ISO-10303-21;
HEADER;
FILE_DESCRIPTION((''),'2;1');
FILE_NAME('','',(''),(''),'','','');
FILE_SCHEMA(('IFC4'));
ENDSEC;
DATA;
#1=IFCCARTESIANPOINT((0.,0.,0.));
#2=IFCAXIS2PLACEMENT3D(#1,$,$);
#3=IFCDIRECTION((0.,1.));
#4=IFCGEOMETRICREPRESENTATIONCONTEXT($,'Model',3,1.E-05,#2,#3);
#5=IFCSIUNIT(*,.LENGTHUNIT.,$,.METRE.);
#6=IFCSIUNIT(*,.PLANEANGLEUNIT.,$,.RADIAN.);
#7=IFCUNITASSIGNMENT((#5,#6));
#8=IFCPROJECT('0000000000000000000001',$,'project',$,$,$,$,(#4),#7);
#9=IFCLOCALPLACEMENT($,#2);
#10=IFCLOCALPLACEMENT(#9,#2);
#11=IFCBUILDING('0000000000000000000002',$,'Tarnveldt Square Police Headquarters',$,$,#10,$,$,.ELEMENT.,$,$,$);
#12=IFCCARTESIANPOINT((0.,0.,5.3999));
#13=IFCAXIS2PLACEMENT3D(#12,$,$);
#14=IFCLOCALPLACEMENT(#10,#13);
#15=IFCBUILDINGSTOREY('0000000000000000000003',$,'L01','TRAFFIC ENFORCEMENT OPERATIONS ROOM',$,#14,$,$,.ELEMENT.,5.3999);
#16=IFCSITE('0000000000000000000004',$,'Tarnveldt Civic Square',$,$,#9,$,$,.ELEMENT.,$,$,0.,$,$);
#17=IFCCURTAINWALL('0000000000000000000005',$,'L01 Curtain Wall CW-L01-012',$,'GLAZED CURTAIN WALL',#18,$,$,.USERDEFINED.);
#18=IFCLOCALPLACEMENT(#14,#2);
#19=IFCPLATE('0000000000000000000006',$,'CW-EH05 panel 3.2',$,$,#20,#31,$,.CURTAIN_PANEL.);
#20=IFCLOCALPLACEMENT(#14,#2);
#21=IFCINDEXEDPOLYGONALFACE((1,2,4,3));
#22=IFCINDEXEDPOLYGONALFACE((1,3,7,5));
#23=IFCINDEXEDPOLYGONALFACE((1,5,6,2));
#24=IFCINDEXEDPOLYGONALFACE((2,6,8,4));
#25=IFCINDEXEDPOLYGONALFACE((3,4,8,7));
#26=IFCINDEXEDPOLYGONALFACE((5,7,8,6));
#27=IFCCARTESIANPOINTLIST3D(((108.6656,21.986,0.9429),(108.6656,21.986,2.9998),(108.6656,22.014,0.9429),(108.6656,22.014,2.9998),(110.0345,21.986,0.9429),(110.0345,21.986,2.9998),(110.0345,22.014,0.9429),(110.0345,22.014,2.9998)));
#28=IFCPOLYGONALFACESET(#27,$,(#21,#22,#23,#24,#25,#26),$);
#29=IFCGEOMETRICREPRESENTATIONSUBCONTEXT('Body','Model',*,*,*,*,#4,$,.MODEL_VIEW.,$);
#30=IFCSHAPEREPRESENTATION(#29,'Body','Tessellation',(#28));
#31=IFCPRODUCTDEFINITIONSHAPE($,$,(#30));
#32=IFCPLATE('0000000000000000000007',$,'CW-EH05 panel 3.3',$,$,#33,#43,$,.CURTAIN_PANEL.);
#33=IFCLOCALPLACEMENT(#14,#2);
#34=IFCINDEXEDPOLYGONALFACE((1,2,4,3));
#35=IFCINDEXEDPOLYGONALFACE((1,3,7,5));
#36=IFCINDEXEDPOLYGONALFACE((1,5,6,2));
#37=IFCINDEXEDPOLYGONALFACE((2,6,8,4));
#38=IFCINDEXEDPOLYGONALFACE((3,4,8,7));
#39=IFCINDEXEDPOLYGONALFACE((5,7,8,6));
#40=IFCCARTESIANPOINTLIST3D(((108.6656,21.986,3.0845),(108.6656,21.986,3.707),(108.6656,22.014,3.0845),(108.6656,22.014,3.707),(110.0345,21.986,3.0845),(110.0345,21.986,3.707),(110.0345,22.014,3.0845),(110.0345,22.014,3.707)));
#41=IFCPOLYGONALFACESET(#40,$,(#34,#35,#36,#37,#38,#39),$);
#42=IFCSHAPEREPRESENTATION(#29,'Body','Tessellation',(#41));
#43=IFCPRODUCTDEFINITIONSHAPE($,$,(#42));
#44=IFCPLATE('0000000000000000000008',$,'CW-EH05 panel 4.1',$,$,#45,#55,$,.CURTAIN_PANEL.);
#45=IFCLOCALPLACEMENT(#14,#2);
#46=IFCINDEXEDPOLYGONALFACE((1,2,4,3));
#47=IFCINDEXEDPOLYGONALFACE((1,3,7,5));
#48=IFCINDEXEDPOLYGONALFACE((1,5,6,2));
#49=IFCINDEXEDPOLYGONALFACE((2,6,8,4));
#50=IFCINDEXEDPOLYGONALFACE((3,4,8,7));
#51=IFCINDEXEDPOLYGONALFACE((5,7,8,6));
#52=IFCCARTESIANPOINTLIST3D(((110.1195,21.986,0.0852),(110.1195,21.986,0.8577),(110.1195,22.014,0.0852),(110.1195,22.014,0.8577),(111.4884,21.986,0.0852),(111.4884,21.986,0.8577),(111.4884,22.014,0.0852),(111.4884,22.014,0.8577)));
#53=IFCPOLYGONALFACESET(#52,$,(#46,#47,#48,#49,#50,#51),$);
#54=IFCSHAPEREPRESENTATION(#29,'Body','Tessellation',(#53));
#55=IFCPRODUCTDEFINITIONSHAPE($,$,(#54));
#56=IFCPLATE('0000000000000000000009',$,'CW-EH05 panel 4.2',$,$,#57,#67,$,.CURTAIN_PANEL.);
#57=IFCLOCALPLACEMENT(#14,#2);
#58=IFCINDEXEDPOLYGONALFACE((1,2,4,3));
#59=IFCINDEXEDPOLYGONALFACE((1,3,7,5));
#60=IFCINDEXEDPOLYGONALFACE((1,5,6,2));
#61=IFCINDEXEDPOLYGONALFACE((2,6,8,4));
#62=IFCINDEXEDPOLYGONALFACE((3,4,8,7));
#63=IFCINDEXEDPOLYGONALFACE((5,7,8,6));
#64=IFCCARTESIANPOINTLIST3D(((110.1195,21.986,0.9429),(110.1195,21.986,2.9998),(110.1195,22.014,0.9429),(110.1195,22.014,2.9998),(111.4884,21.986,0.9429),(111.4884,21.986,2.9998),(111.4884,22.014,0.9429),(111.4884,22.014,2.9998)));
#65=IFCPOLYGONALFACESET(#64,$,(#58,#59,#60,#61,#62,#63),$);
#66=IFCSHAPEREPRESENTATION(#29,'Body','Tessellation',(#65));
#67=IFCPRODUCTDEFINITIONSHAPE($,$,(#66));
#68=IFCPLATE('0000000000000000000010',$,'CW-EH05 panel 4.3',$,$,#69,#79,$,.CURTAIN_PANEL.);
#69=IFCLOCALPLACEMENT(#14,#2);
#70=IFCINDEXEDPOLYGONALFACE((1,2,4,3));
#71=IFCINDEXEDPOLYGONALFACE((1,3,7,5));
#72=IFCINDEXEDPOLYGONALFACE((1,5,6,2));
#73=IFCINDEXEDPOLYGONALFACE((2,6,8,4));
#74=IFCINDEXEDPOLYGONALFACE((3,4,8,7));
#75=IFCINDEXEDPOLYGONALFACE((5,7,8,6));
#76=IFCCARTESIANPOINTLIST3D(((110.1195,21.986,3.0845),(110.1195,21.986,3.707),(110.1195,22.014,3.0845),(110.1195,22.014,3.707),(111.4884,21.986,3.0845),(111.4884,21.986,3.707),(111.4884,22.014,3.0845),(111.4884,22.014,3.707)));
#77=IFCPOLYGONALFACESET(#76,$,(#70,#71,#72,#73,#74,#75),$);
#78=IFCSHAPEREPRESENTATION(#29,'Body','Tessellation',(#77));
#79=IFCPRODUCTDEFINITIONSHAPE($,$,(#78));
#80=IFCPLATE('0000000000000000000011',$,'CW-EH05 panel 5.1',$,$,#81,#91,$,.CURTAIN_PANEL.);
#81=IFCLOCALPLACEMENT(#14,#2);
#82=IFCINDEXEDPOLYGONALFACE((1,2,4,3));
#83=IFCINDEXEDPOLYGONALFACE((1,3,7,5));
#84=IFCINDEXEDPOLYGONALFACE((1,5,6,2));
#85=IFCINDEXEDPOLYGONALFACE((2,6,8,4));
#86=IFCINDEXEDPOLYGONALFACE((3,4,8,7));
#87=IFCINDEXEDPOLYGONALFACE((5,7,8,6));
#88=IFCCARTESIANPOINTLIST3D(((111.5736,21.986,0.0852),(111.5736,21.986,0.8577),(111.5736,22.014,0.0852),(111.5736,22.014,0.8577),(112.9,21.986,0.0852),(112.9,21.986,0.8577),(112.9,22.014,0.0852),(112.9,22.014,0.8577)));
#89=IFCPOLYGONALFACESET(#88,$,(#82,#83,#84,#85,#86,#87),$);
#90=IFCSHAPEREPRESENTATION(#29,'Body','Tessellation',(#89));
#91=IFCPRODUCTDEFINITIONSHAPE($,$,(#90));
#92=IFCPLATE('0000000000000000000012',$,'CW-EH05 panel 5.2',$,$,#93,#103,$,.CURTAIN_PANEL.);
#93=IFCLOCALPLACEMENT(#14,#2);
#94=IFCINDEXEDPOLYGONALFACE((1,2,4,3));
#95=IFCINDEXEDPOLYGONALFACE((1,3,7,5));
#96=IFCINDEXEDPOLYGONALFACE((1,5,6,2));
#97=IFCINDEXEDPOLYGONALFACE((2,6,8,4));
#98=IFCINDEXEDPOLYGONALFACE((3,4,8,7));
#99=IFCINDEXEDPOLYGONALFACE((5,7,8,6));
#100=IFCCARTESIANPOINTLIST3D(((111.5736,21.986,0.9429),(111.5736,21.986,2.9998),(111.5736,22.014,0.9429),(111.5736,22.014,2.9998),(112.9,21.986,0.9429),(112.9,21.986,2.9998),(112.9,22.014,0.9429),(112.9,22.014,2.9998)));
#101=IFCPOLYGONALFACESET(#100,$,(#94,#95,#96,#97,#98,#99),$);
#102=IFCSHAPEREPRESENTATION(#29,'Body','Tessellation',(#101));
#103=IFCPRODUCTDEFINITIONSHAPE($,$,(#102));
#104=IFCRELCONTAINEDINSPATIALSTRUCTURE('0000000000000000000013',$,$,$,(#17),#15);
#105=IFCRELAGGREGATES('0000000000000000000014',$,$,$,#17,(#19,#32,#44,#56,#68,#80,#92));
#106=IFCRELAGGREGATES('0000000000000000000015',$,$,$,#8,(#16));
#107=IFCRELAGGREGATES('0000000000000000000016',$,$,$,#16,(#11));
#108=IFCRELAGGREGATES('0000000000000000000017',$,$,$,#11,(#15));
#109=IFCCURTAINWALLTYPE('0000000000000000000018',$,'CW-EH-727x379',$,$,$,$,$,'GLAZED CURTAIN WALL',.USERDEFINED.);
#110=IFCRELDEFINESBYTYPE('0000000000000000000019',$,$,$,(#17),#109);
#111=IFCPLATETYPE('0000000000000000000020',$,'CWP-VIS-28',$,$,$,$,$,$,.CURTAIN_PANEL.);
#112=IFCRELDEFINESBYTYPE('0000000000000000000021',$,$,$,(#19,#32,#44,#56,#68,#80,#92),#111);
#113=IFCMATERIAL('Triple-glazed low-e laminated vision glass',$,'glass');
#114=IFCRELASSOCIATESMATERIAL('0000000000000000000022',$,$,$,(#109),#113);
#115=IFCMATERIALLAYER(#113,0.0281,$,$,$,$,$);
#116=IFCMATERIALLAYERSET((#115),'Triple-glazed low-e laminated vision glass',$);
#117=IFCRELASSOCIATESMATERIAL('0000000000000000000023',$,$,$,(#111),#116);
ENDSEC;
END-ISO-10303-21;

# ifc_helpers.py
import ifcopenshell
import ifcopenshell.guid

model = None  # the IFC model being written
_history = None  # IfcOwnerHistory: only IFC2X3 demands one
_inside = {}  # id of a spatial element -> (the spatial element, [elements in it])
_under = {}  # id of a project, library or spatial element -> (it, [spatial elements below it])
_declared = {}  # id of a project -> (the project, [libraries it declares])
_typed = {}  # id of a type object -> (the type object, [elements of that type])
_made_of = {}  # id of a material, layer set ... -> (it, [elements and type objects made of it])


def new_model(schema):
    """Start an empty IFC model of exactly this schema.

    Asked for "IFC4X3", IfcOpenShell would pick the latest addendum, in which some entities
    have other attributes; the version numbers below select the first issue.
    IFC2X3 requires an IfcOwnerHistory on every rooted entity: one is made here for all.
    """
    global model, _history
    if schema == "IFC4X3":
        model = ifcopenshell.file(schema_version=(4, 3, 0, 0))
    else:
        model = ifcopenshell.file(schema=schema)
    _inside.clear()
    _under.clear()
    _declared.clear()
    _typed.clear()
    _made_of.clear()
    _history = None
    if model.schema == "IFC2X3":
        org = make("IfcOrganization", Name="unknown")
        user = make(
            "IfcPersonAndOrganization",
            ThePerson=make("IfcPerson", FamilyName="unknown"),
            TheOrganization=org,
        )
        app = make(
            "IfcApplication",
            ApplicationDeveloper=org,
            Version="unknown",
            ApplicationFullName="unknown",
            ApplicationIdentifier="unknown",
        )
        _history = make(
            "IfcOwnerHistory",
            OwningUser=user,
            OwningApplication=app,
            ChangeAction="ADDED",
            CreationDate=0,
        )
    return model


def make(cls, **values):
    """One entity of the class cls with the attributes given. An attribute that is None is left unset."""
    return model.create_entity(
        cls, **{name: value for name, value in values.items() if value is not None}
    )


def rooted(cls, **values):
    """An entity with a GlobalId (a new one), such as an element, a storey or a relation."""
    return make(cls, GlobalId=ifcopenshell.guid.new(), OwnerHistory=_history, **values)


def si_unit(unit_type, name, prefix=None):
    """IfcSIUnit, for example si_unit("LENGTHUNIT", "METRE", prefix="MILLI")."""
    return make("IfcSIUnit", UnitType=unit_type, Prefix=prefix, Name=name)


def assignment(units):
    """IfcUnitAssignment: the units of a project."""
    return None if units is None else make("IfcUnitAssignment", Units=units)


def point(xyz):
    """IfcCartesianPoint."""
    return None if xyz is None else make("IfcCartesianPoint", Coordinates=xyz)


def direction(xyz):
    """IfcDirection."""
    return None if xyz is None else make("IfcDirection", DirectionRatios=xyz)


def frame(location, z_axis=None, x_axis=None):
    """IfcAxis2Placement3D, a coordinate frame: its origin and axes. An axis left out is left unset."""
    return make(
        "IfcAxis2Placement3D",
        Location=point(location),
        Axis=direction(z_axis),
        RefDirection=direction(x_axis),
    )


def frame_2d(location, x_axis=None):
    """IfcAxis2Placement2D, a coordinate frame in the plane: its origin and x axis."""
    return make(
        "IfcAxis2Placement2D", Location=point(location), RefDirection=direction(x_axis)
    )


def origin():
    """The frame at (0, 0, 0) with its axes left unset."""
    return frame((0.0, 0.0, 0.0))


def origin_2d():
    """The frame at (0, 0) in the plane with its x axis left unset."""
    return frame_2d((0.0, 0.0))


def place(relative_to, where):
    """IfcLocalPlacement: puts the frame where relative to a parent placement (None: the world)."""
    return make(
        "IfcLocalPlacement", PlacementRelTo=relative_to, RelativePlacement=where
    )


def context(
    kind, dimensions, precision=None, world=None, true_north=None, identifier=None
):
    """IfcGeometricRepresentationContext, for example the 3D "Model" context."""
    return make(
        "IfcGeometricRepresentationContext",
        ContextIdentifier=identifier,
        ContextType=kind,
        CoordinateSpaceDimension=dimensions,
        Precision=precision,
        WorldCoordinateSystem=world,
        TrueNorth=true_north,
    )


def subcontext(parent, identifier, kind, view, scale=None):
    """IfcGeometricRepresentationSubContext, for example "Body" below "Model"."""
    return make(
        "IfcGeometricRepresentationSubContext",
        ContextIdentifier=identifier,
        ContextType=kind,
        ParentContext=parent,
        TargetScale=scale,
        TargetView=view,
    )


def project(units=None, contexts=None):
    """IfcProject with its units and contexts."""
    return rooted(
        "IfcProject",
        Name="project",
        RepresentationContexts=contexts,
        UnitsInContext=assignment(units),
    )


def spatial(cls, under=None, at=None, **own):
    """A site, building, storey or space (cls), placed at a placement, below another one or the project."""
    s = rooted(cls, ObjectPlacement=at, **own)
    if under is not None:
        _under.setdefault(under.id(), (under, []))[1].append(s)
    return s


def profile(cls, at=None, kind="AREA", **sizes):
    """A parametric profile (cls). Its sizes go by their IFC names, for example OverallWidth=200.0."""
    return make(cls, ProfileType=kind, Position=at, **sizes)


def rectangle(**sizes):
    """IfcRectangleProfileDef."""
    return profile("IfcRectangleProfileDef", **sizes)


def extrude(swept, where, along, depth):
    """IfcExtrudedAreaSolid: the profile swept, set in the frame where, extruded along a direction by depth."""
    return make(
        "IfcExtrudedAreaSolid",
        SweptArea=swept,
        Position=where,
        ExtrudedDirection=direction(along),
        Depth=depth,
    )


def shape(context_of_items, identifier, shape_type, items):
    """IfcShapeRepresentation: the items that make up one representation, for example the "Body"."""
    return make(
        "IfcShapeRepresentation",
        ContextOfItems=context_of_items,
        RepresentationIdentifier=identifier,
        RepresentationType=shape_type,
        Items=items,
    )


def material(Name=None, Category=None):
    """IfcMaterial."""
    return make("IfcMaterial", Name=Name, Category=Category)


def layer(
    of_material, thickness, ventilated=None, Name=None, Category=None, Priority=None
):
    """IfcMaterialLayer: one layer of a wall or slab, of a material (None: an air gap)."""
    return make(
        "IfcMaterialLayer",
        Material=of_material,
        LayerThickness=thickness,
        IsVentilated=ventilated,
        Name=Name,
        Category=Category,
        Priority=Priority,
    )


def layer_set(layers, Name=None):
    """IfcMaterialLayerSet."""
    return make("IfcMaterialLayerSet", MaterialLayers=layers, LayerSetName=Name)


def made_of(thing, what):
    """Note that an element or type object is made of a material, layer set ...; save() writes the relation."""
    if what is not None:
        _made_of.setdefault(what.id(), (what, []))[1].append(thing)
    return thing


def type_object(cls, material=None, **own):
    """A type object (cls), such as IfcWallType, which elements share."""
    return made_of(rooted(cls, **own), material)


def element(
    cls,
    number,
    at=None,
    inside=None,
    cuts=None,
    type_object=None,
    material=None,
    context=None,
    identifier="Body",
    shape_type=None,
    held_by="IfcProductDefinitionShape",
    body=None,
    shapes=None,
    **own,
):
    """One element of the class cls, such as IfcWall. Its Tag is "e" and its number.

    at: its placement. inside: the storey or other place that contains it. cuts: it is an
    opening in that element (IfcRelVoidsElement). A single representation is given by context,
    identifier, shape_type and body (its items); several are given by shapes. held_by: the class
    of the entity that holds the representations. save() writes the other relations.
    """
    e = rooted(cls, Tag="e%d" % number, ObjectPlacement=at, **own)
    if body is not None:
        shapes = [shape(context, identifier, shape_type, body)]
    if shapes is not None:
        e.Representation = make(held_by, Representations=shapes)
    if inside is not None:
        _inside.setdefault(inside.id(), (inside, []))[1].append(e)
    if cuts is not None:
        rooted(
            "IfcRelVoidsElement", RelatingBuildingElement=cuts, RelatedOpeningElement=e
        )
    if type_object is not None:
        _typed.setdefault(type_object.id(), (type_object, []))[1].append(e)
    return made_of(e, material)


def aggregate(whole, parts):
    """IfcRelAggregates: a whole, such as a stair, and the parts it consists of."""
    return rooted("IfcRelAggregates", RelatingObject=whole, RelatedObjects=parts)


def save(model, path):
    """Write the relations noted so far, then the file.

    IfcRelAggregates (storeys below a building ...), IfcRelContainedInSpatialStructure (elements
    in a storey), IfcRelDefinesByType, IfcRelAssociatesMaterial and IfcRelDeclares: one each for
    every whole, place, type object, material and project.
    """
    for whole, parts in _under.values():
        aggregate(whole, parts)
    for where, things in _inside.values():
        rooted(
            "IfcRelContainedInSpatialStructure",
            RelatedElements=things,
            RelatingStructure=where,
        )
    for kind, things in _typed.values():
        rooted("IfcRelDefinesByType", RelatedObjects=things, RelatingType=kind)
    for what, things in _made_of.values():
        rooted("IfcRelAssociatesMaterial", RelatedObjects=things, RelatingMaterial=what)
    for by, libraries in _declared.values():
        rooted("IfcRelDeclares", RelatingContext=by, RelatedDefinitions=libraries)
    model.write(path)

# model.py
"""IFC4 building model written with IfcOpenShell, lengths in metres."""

from ifc_helpers import new_model, si_unit, direction, frame, origin, origin_2d, place, context, subcontext, project, spatial, rectangle, extrude, material, layer, layer_set, type_object, element, aggregate, save


model = new_model("IFC4")

# Units and contexts
model_context = context("Model", 3, precision=1e-05, world=origin(), true_north=direction((0.0, 1.0)))
body_context = subcontext(model_context, "Body", "Model", "MODEL_VIEW")
ifc_project = project(units=[si_unit("LENGTHUNIT", "METRE"), si_unit("PLANEANGLEUNIT", "RADIAN")], contexts=[model_context])

# Site, building, storey
site_placement = place(None, origin())
site = spatial("IfcSite", under=ifc_project, at=site_placement, Name="Tarnveldt Civic Square", CompositionType="ELEMENT", RefElevation=0.0)
building_placement = place(site_placement, origin())
building = spatial("IfcBuilding", under=site, at=building_placement, Name="Tarnveldt Square Police Headquarters", CompositionType="ELEMENT")
storey_placement = place(building_placement, frame((0.0, 0.0, 5.3999)))
storey = spatial("IfcBuildingStorey", under=building, at=storey_placement, Name="L01", Description="TRAFFIC ENFORCEMENT OPERATIONS ROOM", CompositionType="ELEMENT", Elevation=5.3999)

# Curtain wall, plates
ifc_material_1 = material(Name="Triple-glazed low-e laminated vision glass", Category="glass")
curtain_wall_type = type_object("IfcCurtainWallType", Name="CW-EH-727x379", ElementType="GLAZED CURTAIN WALL", PredefinedType="USERDEFINED", material=ifc_material_1)
curtain_wall_placement = place(storey_placement, origin())
curtain_wall = element("IfcCurtainWall", 1, at=curtain_wall_placement, inside=storey, type_object=curtain_wall_type, Name="L01 Curtain Wall CW-L01-012", ObjectType="GLAZED CURTAIN WALL", PredefinedType="USERDEFINED")
ifc_layer = layer(ifc_material_1, 0.0281)
ifc_layer_set = layer_set([ifc_layer], Name="Triple-glazed low-e laminated vision glass")
plate_type = type_object("IfcPlateType", Name="CWP-VIS-28", PredefinedType="CURTAIN_PANEL", material=ifc_layer_set)
plate_1_placement = place(storey_placement, frame((109.3501, 22.0, 0.9429), z_axis=(0.0, 0.0, 1.0), x_axis=(1.0, 0.0, 0.0)))
plate_1 = element("IfcPlate", 2, at=plate_1_placement, type_object=plate_type, Name="CW-EH05 panel 3.2", PredefinedType="CURTAIN_PANEL", context=body_context, shape_type="SweptSolid", body=[
    extrude(rectangle(XDim=1.3689, YDim=0.0281, at=origin_2d()), origin(), (0.0, 0.0, 1.0), 2.0569),
])
plate_2_placement = place(storey_placement, frame((109.3501, 22.0, 3.0845), z_axis=(0.0, 0.0, 1.0), x_axis=(1.0, 0.0, 0.0)))
plate_2 = element("IfcPlate", 3, at=plate_2_placement, type_object=plate_type, Name="CW-EH05 panel 3.3", PredefinedType="CURTAIN_PANEL", context=body_context, shape_type="SweptSolid", body=[
    extrude(rectangle(XDim=1.3689, YDim=0.0281, at=origin_2d()), origin(), (0.0, 0.0, 1.0), 0.6226),
])
plate_3_placement = place(storey_placement, frame((110.804, 22.0, 0.0852), z_axis=(0.0, 0.0, 1.0), x_axis=(1.0, 0.0, 0.0)))
plate_3 = element("IfcPlate", 4, at=plate_3_placement, type_object=plate_type, Name="CW-EH05 panel 4.1", PredefinedType="CURTAIN_PANEL", context=body_context, shape_type="SweptSolid", body=[
    extrude(rectangle(XDim=1.3689, YDim=0.0281, at=origin_2d()), origin(), (0.0, 0.0, 1.0), 0.7725),
])
plate_4_placement = place(storey_placement, frame((110.804, 22.0, 0.9429), z_axis=(0.0, 0.0, 1.0), x_axis=(1.0, 0.0, 0.0)))
plate_4 = element("IfcPlate", 5, at=plate_4_placement, type_object=plate_type, Name="CW-EH05 panel 4.2", PredefinedType="CURTAIN_PANEL", context=body_context, shape_type="SweptSolid", body=[
    extrude(rectangle(XDim=1.3689, YDim=0.0281, at=origin_2d()), origin(), (0.0, 0.0, 1.0), 2.0569),
])
plate_5_placement = place(storey_placement, frame((110.804, 22.0, 3.0845), z_axis=(0.0, 0.0, 1.0), x_axis=(1.0, 0.0, 0.0)))
plate_5 = element("IfcPlate", 6, at=plate_5_placement, type_object=plate_type, Name="CW-EH05 panel 4.3", PredefinedType="CURTAIN_PANEL", context=body_context, shape_type="SweptSolid", body=[
    extrude(rectangle(XDim=1.3689, YDim=0.0281, at=origin_2d()), origin(), (0.0, 0.0, 1.0), 0.6226),
])
plate_6_placement = place(storey_placement, frame((112.2368, 22.0, 0.0852), z_axis=(0.0, 0.0, 1.0), x_axis=(1.0, 0.0, 0.0)))
plate_6 = element("IfcPlate", 7, at=plate_6_placement, type_object=plate_type, Name="CW-EH05 panel 5.1", PredefinedType="CURTAIN_PANEL", context=body_context, shape_type="SweptSolid", body=[
    extrude(rectangle(XDim=1.3264, YDim=0.0281, at=origin_2d()), origin(), (0.0, 0.0, 1.0), 0.7725),
])
plate_7_placement = place(storey_placement, frame((112.2368, 22.0, 0.9429), z_axis=(0.0, 0.0, 1.0), x_axis=(1.0, 0.0, 0.0)))
plate_7 = element("IfcPlate", 8, at=plate_7_placement, type_object=plate_type, Name="CW-EH05 panel 5.2", PredefinedType="CURTAIN_PANEL", context=body_context, shape_type="SweptSolid", body=[
    extrude(rectangle(XDim=1.3264, YDim=0.0281, at=origin_2d()), origin(), (0.0, 0.0, 1.0), 2.0569),
])
aggregate(curtain_wall, [plate_1, plate_2, plate_3, plate_4, plate_5, plate_6, plate_7])

save(model, "model.ifc")
